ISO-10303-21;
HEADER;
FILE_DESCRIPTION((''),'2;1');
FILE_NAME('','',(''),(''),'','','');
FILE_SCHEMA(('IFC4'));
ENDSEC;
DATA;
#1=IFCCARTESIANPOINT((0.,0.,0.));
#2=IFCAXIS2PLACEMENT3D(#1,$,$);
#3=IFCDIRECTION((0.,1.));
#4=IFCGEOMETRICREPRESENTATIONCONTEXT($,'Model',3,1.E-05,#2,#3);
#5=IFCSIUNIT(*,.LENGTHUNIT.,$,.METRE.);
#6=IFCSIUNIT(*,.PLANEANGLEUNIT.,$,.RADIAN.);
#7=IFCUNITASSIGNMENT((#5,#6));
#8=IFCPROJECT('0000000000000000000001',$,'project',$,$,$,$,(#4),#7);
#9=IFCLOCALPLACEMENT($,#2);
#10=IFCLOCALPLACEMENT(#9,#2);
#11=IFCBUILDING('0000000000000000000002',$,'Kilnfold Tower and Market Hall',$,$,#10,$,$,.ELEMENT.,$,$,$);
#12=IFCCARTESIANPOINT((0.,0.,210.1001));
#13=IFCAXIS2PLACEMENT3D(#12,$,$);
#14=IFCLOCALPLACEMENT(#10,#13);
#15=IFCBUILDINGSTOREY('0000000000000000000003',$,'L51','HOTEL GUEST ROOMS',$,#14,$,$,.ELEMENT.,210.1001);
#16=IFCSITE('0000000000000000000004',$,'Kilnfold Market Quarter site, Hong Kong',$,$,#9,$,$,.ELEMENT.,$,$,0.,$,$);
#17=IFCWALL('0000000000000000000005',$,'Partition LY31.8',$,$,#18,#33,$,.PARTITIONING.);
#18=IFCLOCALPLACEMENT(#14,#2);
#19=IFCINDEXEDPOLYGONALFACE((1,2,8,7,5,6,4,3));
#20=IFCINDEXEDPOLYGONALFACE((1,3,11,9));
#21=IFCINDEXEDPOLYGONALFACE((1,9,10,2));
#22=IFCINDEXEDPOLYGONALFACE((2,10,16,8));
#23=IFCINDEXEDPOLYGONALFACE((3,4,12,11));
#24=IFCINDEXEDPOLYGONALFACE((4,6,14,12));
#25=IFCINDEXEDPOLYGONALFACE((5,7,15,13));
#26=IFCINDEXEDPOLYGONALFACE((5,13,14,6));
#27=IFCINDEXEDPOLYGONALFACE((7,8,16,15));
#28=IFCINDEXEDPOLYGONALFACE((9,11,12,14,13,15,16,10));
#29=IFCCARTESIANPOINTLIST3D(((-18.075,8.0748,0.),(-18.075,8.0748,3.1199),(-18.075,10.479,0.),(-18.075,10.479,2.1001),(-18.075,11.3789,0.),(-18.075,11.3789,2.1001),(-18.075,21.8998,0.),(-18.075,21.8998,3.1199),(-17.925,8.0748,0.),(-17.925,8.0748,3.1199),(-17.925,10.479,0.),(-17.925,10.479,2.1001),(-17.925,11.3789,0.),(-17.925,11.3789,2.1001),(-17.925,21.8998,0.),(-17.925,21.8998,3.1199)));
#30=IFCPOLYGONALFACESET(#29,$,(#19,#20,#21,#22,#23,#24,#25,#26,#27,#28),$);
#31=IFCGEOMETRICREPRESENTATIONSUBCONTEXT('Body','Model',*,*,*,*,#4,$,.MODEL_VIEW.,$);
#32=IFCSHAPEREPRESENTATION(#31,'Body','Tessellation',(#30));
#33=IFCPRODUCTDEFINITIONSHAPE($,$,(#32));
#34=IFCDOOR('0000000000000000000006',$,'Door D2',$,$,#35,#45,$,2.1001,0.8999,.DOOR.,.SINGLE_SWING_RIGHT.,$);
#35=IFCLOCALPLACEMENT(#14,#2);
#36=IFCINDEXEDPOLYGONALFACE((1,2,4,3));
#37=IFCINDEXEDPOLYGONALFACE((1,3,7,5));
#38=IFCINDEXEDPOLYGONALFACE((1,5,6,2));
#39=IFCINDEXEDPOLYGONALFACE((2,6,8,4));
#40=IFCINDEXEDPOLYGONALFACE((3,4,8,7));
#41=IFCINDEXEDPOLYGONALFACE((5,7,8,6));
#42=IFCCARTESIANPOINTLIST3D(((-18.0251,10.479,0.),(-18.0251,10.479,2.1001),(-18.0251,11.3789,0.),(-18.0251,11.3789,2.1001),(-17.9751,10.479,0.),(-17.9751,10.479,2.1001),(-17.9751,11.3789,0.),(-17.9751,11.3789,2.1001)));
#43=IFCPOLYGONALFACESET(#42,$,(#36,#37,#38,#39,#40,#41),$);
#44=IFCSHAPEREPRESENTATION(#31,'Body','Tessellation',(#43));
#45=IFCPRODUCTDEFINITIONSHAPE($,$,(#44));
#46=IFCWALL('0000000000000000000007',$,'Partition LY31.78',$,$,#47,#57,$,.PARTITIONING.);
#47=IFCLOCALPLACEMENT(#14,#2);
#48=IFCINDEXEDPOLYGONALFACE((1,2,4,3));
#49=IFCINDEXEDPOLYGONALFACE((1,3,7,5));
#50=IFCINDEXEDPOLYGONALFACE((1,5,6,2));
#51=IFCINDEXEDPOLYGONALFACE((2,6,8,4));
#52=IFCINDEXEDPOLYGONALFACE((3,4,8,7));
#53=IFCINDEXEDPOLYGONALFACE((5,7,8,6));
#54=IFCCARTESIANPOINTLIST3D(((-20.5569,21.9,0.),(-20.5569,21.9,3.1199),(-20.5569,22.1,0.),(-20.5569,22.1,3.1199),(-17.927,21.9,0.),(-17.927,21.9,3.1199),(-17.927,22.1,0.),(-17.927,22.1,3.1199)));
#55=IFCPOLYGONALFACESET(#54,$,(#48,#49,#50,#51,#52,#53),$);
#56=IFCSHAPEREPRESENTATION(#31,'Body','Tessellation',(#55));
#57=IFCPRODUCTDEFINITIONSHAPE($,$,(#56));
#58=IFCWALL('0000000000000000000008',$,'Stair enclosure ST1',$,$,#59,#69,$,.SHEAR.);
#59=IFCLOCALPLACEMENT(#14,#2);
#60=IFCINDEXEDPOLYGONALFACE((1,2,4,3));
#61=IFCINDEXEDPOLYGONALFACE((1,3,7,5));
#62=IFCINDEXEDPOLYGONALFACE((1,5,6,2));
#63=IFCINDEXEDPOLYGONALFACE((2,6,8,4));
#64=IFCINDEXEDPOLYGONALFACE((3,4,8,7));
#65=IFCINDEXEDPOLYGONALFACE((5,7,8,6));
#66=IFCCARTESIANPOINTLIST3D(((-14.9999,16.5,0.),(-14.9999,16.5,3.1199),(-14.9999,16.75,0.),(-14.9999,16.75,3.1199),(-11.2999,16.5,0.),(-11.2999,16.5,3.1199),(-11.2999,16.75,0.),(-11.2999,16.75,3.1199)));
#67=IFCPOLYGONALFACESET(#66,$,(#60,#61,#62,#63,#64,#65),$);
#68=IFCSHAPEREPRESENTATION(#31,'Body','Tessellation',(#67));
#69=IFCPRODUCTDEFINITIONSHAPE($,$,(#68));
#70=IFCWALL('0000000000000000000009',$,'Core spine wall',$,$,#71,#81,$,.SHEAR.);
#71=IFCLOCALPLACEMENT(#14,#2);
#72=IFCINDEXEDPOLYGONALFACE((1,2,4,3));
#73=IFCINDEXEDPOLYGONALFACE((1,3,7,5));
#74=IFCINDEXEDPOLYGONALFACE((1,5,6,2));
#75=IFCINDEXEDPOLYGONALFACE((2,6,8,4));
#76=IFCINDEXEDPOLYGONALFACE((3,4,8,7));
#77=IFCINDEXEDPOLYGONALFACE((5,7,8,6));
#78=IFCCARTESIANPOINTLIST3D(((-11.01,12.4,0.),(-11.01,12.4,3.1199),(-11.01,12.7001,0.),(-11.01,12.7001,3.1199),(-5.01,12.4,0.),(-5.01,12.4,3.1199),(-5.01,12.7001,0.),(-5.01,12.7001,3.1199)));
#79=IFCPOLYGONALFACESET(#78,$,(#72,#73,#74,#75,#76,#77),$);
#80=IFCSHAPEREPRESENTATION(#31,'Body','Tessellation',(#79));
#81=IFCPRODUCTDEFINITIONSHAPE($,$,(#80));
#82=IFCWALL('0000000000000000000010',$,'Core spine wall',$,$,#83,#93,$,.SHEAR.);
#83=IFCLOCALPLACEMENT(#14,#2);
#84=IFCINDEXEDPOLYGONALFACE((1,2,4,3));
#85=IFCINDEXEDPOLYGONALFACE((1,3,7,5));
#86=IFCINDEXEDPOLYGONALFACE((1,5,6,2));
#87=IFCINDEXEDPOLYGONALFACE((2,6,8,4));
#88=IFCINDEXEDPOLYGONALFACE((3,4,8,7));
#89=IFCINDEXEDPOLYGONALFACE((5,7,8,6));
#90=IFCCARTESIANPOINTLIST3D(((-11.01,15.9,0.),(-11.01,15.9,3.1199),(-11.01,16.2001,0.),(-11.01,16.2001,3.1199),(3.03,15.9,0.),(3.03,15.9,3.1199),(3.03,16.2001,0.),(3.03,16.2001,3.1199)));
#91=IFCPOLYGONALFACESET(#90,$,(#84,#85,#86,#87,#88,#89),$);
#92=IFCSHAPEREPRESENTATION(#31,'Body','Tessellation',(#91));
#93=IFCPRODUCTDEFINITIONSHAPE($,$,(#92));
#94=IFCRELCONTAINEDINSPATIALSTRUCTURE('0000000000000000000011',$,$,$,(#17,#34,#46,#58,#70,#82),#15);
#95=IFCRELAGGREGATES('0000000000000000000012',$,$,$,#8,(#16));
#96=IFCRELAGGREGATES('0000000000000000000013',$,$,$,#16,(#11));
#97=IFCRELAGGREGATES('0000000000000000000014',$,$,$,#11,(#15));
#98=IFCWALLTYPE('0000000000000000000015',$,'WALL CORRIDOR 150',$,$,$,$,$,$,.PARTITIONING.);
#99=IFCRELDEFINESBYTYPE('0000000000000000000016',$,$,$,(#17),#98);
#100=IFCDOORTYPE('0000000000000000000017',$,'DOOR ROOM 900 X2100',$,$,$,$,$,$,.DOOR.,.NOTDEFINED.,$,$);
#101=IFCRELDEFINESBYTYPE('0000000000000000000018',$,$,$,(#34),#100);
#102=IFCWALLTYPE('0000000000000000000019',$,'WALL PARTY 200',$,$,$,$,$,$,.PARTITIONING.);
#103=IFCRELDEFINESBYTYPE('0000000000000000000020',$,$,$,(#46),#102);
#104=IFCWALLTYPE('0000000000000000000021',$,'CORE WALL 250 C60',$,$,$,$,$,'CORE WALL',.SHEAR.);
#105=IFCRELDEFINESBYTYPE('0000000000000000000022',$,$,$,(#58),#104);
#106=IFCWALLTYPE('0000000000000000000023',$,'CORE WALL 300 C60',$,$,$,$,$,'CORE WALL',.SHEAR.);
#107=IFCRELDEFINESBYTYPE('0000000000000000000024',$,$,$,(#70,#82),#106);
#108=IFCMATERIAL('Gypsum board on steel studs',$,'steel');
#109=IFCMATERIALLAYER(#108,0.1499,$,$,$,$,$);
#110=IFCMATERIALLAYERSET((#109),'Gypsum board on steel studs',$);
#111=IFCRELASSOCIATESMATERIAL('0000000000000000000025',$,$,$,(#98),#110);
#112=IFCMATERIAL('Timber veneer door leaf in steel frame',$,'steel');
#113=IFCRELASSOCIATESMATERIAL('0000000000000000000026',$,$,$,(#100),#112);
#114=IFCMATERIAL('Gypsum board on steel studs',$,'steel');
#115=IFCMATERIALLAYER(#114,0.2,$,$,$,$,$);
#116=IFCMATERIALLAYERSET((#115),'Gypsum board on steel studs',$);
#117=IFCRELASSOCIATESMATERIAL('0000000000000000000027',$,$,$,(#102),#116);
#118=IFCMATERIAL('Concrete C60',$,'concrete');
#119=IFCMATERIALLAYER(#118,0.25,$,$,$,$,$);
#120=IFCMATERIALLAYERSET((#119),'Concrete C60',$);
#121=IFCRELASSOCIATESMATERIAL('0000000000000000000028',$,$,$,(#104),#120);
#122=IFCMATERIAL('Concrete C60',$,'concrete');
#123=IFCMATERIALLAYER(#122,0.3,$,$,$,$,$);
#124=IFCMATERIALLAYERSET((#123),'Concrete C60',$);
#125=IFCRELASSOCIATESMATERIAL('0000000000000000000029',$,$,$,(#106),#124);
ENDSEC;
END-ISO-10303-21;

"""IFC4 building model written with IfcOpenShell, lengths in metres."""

from ifc_helpers import new_model, si_unit, direction, frame, frame_2d, origin, place, context, subcontext, project, spatial, rectangle, extrude, source, transform, mapped, material, layer, layer_set, type_object, element, fill, save


model = new_model("IFC4")

# Units and contexts
model_context = context("Model", 3, precision=1e-05, world=origin(), true_north=direction((0.0, 1.0)))
body_context = subcontext(model_context, "Body", "Model", "MODEL_VIEW")
ifc_project = project(units=[si_unit("LENGTHUNIT", "METRE"), si_unit("PLANEANGLEUNIT", "RADIAN")], contexts=[model_context])

# Site, building, storey
site_placement = place(None, origin())
site = spatial("IfcSite", under=ifc_project, at=site_placement, Name="Kilnfold Market Quarter site, Hong Kong", CompositionType="ELEMENT", RefElevation=0.0)
building_placement = place(site_placement, origin())
building = spatial("IfcBuilding", under=site, at=building_placement, Name="Kilnfold Tower and Market Hall", CompositionType="ELEMENT")
storey_placement = place(building_placement, frame((0.0, 0.0, 210.1001)))
storey = spatial("IfcBuildingStorey", under=building, at=storey_placement, Name="L51", Description="HOTEL GUEST ROOMS", CompositionType="ELEMENT", Elevation=210.1001)

# Wall, opening, door
ifc_material_1 = material(Name="Gypsum board on steel studs", Category="steel")
ifc_layer_1 = layer(ifc_material_1, 0.1499)
ifc_layer_set_1 = layer_set([ifc_layer_1], Name="Gypsum board on steel studs")
wall_type_1 = type_object("IfcWallType", Name="WALL CORRIDOR 150", PredefinedType="PARTITIONING", material=ifc_layer_set_1)
wall_1_placement = place(storey_placement, frame((-18.0, 21.8999, 0.0), z_axis=(0.0, 0.0, 1.0), x_axis=(0.0, -1.0, 0.0)))
wall_1 = element("IfcWall", 1, at=wall_1_placement, inside=storey, type_object=wall_type_1, Name="Partition LY31.8", PredefinedType="PARTITIONING", context=body_context, shape_type="SweptSolid", body=[
    extrude(rectangle(XDim=13.825, YDim=0.1499, at=frame_2d((6.9126, 0.0))), origin(), (0.0, 0.0, 1.0), 3.1199),
])
opening_1_placement = place(wall_1_placement, frame((10.521, 0.0, 0.0)))
opening_1 = element("IfcOpeningElement", 2, at=opening_1_placement, cuts=wall_1, PredefinedType="OPENING", context=body_context, shape_type="SweptSolid", body=[
    extrude(rectangle(XDim=0.8999, YDim=2.1001, at=frame_2d((0.45, 1.05))), frame((0.0, 0.085, 0.0), z_axis=(0.0, -1.0, 0.0), x_axis=(1.0, 0.0, 0.0)), (0.0, 0.0, 1.0), 0.1699),
])
ifc_material_2 = material(Name="Timber veneer door leaf in steel frame", Category="steel")
door_type_1 = type_object("IfcDoorType", Name="DOOR ROOM 900 X2100", OperationType="NOTDEFINED", PredefinedType="DOOR", material=ifc_material_2)
door_1_placement = place(opening_1_placement, origin())
door_1 = element("IfcDoor", 3, at=door_1_placement, inside=storey, type_object=door_type_1, Name="Door D2", OperationType="SINGLE_SWING_RIGHT", OverallHeight=2.1001, OverallWidth=0.8999, PredefinedType="DOOR", context=body_context, shape_type="SweptSolid", body=[
    extrude(rectangle(XDim=0.8999, YDim=2.1001, at=frame_2d((0.45, 1.05))), frame((0.0, 0.0249, 0.0), z_axis=(0.0, -1.0, 0.0), x_axis=(1.0, 0.0, 0.0)), (0.0, 0.0, 1.0), 0.05),
])
fill(opening_1, door_1)

# Walls
ifc_material_3 = material(Name="Gypsum board on steel studs", Category="steel")
ifc_layer_2 = layer(ifc_material_3, 0.2)
ifc_layer_set_2 = layer_set([ifc_layer_2], Name="Gypsum board on steel studs")
wall_type_2 = type_object("IfcWallType", Name="WALL PARTY 200", PredefinedType="PARTITIONING", material=ifc_layer_set_2)
wall_2_placement = place(storey_placement, frame((-17.927, 22.0, 0.0), z_axis=(0.0, 0.0, 1.0), x_axis=(-1.0, 0.0, 0.0)))
element("IfcWall", 4, at=wall_2_placement, inside=storey, type_object=wall_type_2, Name="Partition LY31.78", PredefinedType="PARTITIONING", context=body_context, shape_type="SweptSolid", body=[
    extrude(rectangle(XDim=2.6299, YDim=0.2, at=frame_2d((1.3149, 0.0))), origin(), (0.0, 0.0, 1.0), 3.1199),
])
ifc_material_4 = material(Name="Concrete C60", Category="concrete")
ifc_layer_3 = layer(ifc_material_4, 0.25)
ifc_layer_set_3 = layer_set([ifc_layer_3], Name="Concrete C60")
wall_type_3 = type_object("IfcWallType", Name="CORE WALL 250 C60", ElementType="CORE WALL", PredefinedType="SHEAR", material=ifc_layer_set_3)
shared_shape_1 = source(origin(), body_context, "Body", "SweptSolid", [
    extrude(rectangle(XDim=3.7, YDim=0.25, at=frame_2d((1.8501, 0.0))), origin(), (0.0, 0.0, 1.0), 3.1199),
])
wall_3_placement = place(storey_placement, frame((-15.0, 16.625, 0.0), z_axis=(0.0, 0.0, 1.0), x_axis=(1.0, 0.0, 0.0)))
element("IfcWall", 5, at=wall_3_placement, inside=storey, type_object=wall_type_3, Name="Stair enclosure ST1", PredefinedType="SHEAR", context=body_context, shape_type="MappedRepresentation", body=[
    mapped(shared_shape_1, transform((0.0, 0.0, 0.0))),
])
ifc_material_5 = material(Name="Concrete C60", Category="concrete")
ifc_layer_4 = layer(ifc_material_5, 0.3)
ifc_layer_set_4 = layer_set([ifc_layer_4], Name="Concrete C60")
wall_type_4 = type_object("IfcWallType", Name="CORE WALL 300 C60", ElementType="CORE WALL", PredefinedType="SHEAR", material=ifc_layer_set_4)
shared_shape_2 = source(origin(), body_context, "Body", "SweptSolid", [
    extrude(rectangle(XDim=6.0, YDim=0.3, at=frame_2d((3.0, 0.0))), origin(), (0.0, 0.0, 1.0), 3.1199),
])
wall_4_placement = place(storey_placement, frame((-11.01, 12.55, 0.0), z_axis=(0.0, 0.0, 1.0), x_axis=(1.0, 0.0, 0.0)))
element("IfcWall", 6, at=wall_4_placement, inside=storey, type_object=wall_type_4, Name="Core spine wall", PredefinedType="SHEAR", context=body_context, shape_type="MappedRepresentation", body=[
    mapped(shared_shape_2, transform((0.0, 0.0, 0.0))),
])
shared_shape_3 = source(origin(), body_context, "Body", "SweptSolid", [
    extrude(rectangle(XDim=14.04, YDim=0.3, at=frame_2d((7.02, 0.0))), origin(), (0.0, 0.0, 1.0), 3.1199),
])
wall_5_placement = place(storey_placement, frame((-11.01, 16.05, 0.0), z_axis=(0.0, 0.0, 1.0), x_axis=(1.0, 0.0, 0.0)))
element("IfcWall", 7, at=wall_5_placement, inside=storey, type_object=wall_type_4, Name="Core spine wall", PredefinedType="SHEAR", context=body_context, shape_type="MappedRepresentation", body=[
    mapped(shared_shape_3, transform((0.0, 0.0, 0.0))),
])

save(model, "model.ifc")
